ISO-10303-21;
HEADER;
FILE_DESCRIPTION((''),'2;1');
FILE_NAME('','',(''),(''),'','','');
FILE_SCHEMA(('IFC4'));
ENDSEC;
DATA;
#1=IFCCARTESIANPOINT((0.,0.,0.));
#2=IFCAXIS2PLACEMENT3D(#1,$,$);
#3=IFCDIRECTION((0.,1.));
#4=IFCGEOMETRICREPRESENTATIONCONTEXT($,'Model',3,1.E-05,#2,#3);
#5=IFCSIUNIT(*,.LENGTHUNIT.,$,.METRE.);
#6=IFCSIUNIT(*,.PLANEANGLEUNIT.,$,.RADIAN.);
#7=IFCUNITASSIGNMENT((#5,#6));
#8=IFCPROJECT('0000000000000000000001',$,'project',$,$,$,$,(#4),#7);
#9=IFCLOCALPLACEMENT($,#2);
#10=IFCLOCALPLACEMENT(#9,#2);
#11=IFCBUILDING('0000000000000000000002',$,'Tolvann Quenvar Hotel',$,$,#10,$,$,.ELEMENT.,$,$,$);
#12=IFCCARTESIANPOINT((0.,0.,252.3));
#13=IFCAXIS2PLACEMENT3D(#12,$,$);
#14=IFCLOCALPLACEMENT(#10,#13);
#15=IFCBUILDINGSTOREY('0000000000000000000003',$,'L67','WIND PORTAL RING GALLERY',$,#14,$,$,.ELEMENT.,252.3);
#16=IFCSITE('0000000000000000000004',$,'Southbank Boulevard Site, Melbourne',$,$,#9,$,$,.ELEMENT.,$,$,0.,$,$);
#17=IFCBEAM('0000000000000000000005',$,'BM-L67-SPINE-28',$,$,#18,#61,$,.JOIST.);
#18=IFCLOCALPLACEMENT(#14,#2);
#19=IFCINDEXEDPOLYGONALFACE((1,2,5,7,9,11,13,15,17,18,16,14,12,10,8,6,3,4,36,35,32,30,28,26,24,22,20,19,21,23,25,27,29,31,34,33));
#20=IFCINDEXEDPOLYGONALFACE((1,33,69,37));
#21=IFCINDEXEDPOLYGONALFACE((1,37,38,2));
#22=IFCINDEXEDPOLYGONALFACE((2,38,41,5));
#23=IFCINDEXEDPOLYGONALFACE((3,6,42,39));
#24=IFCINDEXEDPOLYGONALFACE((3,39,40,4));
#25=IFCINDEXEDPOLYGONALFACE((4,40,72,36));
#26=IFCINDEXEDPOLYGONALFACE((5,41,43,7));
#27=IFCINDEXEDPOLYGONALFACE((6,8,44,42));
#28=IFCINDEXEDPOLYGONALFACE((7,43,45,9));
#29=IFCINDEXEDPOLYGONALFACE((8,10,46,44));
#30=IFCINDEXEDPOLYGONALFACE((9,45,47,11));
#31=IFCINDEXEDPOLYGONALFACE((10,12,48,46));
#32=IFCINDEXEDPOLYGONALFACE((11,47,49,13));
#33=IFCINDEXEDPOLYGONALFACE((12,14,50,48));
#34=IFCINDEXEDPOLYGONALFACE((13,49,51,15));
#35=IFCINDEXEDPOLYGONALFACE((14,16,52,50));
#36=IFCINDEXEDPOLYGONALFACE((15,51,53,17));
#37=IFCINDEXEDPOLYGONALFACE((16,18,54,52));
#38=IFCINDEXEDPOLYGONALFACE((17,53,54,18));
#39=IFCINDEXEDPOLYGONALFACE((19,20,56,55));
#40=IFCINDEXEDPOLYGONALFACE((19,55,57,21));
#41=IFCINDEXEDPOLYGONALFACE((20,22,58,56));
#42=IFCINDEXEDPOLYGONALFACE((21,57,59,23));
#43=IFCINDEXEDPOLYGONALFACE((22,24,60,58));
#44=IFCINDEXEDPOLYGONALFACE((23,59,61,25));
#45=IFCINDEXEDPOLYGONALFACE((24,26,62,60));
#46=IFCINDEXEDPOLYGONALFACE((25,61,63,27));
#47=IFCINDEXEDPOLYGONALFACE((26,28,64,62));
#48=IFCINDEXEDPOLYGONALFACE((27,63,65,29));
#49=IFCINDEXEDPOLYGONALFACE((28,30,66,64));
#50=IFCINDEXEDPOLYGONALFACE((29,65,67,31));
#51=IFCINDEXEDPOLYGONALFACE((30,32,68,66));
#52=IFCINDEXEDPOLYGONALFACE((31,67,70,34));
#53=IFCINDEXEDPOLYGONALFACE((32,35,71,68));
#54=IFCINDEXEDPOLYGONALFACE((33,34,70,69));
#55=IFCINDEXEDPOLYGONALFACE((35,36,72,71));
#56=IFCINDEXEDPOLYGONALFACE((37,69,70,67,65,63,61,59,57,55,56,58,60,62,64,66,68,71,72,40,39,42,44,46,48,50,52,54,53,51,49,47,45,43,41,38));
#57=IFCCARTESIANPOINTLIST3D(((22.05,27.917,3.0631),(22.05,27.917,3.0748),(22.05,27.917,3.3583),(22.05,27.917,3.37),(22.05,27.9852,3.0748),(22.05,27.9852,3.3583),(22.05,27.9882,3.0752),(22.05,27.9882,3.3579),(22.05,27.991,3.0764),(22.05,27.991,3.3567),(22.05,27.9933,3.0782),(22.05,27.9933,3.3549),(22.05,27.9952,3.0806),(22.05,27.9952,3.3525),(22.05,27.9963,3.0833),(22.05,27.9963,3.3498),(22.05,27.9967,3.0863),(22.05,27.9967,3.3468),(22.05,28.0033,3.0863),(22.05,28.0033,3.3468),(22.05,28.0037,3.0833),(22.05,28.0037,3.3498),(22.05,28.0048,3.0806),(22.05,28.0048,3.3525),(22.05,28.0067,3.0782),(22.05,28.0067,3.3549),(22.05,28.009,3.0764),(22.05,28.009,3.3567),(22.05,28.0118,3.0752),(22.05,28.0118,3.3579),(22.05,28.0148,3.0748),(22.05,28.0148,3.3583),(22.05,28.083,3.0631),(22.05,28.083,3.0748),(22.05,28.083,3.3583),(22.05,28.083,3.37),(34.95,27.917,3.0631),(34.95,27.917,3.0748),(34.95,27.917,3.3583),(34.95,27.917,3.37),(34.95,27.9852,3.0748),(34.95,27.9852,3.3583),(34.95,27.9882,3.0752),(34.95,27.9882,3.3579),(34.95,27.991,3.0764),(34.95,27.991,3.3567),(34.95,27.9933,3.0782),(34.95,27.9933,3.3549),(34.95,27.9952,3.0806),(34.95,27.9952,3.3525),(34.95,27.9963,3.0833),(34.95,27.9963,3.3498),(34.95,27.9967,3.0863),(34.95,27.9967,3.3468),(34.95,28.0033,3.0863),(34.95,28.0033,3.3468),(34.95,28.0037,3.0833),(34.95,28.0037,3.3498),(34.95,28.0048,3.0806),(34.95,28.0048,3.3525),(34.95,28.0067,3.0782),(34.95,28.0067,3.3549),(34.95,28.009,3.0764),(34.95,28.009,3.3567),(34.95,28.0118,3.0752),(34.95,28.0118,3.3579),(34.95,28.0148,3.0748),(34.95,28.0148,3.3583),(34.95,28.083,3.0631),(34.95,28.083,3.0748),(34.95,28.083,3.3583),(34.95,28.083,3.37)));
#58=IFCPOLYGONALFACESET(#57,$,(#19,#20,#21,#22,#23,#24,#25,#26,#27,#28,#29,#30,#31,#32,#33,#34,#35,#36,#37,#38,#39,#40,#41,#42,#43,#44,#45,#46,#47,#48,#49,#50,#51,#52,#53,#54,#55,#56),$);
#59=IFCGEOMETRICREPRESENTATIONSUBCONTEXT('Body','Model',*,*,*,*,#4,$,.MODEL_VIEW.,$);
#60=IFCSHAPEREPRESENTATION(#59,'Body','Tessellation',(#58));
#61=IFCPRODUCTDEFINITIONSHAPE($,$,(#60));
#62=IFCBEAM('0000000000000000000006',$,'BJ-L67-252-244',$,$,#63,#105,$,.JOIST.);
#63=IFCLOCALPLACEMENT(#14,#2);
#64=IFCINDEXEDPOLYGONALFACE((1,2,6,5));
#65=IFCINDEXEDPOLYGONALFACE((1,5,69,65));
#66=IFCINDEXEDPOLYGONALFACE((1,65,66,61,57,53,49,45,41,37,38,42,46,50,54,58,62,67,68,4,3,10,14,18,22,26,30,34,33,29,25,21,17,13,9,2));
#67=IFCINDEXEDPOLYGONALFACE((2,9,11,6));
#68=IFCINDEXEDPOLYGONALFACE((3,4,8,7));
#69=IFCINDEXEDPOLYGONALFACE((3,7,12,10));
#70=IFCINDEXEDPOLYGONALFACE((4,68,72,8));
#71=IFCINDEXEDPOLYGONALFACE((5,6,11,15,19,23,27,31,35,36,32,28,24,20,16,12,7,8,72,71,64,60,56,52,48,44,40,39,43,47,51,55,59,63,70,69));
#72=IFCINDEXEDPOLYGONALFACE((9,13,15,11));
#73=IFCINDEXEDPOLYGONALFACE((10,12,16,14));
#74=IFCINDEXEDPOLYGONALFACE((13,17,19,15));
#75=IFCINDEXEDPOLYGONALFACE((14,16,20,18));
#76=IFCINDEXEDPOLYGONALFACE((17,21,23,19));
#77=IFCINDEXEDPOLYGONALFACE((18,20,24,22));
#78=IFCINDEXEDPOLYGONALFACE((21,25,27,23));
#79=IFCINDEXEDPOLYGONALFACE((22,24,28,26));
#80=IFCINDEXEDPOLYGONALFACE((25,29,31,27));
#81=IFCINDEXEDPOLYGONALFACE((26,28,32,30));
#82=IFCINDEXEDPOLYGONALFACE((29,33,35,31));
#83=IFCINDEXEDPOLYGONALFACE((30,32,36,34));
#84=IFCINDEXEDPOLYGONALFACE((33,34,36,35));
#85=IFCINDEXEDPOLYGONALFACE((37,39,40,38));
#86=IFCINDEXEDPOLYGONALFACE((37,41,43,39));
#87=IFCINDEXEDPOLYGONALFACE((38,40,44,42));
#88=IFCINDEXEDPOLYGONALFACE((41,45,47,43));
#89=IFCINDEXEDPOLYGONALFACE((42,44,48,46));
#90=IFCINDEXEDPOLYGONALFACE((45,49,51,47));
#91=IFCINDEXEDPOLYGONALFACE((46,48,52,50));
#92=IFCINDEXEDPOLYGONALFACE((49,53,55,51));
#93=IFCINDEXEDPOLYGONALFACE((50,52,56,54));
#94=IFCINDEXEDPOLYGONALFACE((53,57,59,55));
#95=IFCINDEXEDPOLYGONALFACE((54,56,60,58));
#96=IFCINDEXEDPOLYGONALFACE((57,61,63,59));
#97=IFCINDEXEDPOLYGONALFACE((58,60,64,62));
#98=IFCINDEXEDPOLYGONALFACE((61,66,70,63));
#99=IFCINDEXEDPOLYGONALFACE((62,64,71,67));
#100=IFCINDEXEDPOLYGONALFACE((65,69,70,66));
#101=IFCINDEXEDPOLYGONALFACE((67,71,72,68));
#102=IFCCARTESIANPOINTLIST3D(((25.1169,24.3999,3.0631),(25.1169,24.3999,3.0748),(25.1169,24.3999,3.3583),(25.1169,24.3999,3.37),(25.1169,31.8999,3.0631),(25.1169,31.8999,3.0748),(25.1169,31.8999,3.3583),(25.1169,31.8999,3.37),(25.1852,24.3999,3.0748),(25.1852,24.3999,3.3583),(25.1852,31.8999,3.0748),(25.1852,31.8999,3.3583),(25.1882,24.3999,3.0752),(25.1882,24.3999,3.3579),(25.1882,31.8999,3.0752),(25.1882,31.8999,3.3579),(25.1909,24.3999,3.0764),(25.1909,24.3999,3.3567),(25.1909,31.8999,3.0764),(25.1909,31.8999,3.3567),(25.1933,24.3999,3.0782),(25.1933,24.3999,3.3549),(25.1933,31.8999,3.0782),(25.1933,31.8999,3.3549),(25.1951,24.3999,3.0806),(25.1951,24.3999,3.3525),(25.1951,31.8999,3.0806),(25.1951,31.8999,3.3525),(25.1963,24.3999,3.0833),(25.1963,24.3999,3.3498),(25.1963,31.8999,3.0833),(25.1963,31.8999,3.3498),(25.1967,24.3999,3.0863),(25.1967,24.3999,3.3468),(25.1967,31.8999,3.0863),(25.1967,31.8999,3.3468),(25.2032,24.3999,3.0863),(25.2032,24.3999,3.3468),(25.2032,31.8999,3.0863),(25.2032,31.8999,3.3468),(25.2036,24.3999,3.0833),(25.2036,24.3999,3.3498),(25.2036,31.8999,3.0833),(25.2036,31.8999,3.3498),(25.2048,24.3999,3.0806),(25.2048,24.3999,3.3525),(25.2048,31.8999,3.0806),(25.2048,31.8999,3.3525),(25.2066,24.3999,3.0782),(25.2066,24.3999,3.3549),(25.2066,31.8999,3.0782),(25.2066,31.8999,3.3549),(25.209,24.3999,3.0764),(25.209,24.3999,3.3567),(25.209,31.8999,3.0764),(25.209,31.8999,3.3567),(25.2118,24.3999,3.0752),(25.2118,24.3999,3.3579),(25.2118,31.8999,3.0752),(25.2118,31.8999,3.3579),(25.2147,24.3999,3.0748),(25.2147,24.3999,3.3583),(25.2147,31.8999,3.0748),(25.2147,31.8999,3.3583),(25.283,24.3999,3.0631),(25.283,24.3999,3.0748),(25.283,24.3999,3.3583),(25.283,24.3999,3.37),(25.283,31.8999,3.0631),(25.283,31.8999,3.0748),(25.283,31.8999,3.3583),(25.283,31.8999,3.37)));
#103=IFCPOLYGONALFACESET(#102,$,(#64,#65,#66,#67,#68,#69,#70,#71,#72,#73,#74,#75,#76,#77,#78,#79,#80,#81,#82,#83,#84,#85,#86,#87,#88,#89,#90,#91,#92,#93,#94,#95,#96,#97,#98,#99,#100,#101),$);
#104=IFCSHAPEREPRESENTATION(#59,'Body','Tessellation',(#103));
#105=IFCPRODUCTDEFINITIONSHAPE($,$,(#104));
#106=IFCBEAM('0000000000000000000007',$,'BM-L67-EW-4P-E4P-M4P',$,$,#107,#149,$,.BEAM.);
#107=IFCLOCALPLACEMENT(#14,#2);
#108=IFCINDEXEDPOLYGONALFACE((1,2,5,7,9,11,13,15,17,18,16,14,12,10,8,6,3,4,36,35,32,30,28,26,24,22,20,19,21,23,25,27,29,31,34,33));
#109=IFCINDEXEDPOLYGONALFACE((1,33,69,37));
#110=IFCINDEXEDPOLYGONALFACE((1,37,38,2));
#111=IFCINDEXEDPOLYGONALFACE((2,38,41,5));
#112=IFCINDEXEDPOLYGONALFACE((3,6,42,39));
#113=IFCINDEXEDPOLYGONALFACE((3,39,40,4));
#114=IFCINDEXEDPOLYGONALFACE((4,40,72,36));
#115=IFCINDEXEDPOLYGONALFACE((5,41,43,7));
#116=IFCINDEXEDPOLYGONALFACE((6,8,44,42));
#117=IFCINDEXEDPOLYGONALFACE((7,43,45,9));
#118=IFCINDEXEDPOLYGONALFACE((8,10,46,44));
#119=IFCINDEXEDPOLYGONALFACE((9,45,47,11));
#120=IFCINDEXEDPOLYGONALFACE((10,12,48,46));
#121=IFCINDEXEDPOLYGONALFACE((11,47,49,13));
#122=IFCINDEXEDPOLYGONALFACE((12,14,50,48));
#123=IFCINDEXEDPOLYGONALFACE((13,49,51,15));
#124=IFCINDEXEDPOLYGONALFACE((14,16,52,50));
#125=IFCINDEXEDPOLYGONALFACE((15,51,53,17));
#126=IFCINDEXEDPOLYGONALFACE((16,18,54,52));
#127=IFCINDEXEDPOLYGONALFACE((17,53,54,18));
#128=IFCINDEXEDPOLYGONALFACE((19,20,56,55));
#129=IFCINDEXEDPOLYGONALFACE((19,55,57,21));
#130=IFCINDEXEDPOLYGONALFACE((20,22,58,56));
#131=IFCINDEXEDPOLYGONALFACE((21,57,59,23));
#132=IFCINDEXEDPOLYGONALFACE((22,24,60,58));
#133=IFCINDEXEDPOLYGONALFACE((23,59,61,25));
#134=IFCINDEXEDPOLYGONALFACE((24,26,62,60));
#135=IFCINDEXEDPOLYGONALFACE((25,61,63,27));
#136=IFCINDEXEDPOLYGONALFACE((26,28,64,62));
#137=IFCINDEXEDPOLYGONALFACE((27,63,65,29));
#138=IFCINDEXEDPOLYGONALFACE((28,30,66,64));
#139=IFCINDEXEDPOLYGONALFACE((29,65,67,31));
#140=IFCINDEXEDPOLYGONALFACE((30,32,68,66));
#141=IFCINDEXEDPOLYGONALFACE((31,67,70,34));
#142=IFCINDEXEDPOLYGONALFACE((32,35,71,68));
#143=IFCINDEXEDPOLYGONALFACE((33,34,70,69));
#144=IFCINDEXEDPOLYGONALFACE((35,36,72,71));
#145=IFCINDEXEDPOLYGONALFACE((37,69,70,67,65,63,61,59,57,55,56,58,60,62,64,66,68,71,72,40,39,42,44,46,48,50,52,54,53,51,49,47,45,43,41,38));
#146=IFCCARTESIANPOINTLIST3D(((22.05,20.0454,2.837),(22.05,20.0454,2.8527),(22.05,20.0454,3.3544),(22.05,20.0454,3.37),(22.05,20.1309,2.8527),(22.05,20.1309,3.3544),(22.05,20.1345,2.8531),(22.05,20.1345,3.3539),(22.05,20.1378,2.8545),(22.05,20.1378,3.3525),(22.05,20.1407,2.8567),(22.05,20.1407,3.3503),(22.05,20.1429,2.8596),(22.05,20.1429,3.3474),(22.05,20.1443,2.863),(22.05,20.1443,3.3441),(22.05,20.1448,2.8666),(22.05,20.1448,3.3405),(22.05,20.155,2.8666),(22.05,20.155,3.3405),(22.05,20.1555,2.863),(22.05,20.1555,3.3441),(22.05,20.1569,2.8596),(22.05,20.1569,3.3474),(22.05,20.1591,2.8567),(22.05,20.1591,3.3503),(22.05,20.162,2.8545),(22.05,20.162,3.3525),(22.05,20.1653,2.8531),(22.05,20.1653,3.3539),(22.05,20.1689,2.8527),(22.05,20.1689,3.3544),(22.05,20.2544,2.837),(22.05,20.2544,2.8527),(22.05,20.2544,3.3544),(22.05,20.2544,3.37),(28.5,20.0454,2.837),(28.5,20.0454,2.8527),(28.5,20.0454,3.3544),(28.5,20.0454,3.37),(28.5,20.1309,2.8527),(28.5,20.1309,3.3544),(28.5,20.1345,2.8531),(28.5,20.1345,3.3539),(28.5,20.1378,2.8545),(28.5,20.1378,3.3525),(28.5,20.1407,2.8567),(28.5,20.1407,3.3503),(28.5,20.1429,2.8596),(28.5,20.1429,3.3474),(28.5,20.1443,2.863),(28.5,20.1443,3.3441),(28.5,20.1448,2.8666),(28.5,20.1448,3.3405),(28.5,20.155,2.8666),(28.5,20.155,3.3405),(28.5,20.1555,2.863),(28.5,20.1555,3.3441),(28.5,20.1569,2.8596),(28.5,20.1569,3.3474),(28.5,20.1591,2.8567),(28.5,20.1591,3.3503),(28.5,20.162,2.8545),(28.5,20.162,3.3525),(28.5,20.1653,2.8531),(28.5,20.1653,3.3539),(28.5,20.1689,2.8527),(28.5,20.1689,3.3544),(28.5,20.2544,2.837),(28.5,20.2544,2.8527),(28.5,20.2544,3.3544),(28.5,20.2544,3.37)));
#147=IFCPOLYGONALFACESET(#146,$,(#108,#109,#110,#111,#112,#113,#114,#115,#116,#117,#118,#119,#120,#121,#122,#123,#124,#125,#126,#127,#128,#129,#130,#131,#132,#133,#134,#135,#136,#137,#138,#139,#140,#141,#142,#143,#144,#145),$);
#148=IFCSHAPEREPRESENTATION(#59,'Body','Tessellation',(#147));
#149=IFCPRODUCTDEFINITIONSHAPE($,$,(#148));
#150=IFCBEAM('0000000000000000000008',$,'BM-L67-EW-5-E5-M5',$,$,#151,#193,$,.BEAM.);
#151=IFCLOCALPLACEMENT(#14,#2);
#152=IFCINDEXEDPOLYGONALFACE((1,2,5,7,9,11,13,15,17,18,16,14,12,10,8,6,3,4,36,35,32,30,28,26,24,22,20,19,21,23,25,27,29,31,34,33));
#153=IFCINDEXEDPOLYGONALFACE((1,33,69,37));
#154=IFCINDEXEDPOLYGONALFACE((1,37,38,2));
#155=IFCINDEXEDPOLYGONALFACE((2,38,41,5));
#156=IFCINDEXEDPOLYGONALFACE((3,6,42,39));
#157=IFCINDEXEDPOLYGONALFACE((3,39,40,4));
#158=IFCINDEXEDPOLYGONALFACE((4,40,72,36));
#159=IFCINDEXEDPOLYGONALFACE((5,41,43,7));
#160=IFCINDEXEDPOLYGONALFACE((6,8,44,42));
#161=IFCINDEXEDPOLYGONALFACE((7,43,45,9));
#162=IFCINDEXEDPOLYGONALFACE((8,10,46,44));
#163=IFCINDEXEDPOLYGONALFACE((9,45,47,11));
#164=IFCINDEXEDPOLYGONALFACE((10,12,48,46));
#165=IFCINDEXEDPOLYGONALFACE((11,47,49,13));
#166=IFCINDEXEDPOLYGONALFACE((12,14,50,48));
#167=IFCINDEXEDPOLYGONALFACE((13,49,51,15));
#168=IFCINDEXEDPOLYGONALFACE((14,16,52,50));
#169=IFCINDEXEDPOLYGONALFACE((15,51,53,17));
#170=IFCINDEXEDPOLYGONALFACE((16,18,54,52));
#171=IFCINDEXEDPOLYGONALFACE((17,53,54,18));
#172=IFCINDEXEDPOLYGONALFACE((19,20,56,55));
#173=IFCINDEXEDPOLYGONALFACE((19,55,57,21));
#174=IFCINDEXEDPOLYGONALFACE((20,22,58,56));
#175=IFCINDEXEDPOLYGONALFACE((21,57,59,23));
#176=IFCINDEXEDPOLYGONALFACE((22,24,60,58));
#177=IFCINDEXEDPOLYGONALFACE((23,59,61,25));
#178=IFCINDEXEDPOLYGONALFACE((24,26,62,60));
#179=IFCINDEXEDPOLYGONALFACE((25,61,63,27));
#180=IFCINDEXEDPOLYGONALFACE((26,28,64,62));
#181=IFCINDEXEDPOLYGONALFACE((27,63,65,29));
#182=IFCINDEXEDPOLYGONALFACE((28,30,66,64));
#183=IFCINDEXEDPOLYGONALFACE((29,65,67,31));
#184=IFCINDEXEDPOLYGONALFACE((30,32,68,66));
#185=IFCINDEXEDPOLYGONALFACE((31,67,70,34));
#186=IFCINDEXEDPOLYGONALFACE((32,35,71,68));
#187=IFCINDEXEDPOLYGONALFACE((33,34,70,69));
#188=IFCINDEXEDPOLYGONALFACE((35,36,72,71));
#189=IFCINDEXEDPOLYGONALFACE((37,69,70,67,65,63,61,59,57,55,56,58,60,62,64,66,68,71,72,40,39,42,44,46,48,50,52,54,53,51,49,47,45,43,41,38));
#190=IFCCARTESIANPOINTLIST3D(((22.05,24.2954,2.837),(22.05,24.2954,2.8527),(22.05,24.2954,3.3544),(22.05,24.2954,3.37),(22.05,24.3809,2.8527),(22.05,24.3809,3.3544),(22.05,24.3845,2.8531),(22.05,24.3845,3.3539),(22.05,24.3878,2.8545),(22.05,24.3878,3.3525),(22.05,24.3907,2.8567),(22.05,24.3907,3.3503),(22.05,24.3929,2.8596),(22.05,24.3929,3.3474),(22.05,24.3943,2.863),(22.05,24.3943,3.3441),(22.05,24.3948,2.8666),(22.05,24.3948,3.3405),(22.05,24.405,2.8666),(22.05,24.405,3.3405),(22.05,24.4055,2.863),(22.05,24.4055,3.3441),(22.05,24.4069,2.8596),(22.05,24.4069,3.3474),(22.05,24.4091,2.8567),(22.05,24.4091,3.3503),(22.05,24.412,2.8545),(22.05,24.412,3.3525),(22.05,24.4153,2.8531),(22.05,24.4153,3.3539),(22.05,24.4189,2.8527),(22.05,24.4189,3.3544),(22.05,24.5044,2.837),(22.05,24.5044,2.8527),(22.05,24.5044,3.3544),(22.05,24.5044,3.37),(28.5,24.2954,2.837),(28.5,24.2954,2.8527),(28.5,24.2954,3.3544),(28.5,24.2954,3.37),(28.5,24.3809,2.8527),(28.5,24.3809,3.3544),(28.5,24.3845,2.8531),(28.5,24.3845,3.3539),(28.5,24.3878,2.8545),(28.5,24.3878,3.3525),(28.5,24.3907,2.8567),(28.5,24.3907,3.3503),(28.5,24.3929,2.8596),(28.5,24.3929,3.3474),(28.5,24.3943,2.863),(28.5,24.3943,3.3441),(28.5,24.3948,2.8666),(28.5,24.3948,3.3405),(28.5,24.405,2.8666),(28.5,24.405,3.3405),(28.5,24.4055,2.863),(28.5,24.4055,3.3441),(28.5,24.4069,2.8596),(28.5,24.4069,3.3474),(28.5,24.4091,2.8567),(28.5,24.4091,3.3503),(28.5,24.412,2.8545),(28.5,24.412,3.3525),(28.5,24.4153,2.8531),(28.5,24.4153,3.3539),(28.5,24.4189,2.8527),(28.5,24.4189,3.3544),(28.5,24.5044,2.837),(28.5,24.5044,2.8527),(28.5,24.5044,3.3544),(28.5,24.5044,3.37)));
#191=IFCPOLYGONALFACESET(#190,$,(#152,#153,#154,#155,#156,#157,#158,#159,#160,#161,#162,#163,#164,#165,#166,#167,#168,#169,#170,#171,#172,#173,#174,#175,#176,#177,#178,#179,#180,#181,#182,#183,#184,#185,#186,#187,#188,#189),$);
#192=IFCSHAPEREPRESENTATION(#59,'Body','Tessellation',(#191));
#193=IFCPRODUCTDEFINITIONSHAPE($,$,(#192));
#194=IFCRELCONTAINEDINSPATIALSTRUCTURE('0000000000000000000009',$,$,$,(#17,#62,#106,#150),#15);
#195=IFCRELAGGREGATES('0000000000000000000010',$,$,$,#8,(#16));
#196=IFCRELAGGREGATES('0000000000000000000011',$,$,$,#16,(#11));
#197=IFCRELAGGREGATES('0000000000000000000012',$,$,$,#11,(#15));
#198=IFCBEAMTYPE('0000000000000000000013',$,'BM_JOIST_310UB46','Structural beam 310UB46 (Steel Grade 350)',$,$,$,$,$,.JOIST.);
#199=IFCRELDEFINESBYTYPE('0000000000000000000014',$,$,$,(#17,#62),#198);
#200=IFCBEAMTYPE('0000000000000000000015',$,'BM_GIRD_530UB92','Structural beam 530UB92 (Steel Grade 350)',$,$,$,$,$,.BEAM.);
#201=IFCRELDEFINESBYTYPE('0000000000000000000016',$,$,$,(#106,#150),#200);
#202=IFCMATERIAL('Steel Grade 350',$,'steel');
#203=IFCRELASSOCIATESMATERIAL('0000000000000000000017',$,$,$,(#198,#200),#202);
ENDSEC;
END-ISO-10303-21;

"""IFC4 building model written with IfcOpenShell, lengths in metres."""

from ifc_helpers import new_model, si_unit, direction, frame, origin, origin_2d, place, context, subcontext, project, spatial, i_section, extrude, source, transform, mapped, material, material_profile, profile_set, type_object, type_shapes, element, save


model = new_model("IFC4")

# Units and contexts
model_context = context("Model", 3, precision=1e-05, world=origin(), true_north=direction((0.0, 1.0)))
body_context = subcontext(model_context, "Body", "Model", "MODEL_VIEW")
ifc_project = project(units=[si_unit("LENGTHUNIT", "METRE"), si_unit("PLANEANGLEUNIT", "RADIAN")], contexts=[model_context])

# Site, building, storey
site_placement = place(None, origin())
site = spatial("IfcSite", under=ifc_project, at=site_placement, Name="Southbank Boulevard Site, Melbourne", CompositionType="ELEMENT", RefElevation=0.0)
building_placement = place(site_placement, origin())
building = spatial("IfcBuilding", under=site, at=building_placement, Name="Tolvann Quenvar Hotel", CompositionType="ELEMENT")
storey_placement = place(building_placement, frame((0.0, 0.0, 252.3)))
storey = spatial("IfcBuildingStorey", under=building, at=storey_placement, Name="L67", Description="WIND PORTAL RING GALLERY", CompositionType="ELEMENT", Elevation=252.3)

# Shared definitions
ifc_material_1 = material(Name="Steel Grade 350", Category="steel")

# Beams
ifc_material_profile_1 = material_profile(ifc_material_1, i_section(OverallWidth=0.166, OverallDepth=0.3069, WebThickness=0.0066, FlangeThickness=0.0117, FilletRadius=0.0115, at=origin_2d()), Name="310UB46")
ifc_profile_set_1 = profile_set([ifc_material_profile_1], Name="Steel Grade 350")
beam_type_1 = type_object("IfcBeamType", Name="BM_JOIST_310UB46", Description="Structural beam 310UB46 (Steel Grade 350)", PredefinedType="JOIST", material=ifc_profile_set_1)
shared_shape_1 = source(origin(), body_context, "Body", "SweptSolid", [
    extrude(i_section(OverallWidth=0.166, OverallDepth=0.3069, WebThickness=0.0066, FlangeThickness=0.0117, FilletRadius=0.0115, at=origin_2d()), origin(), (0.0, 0.0, 1.0), 12.8999),
])
beam_1_placement = place(storey_placement, frame((22.05, 28.0, 3.2166), z_axis=(1.0, 0.0, 0.0), x_axis=(0.0, 1.0, 0.0)))
element("IfcBeam", 1, at=beam_1_placement, inside=storey, type_object=beam_type_1, Name="BM-L67-SPINE-28", PredefinedType="JOIST", context=body_context, shape_type="MappedRepresentation", body=[
    mapped(shared_shape_1, transform((0.0, 0.0, 0.0), x_axis=(1.0, 0.0, 0.0), y_axis=(0.0, 1.0, 0.0), z_axis=(0.0, 0.0, 1.0), scale=1.0)),
])
shared_shape_2 = source(origin(), body_context, "Body", "SweptSolid", [
    extrude(i_section(OverallWidth=0.166, OverallDepth=0.3069, WebThickness=0.0066, FlangeThickness=0.0117, FilletRadius=0.0115, at=origin_2d()), origin(), (0.0, 0.0, 1.0), 7.5),
])
type_shapes(beam_type_1, [shared_shape_1, shared_shape_2])
beam_2_placement = place(storey_placement, frame((25.2, 24.3999, 3.2166), z_axis=(0.0, 1.0, 0.0), x_axis=(-1.0, 0.0, 0.0)))
element("IfcBeam", 2, at=beam_2_placement, inside=storey, type_object=beam_type_1, Name="BJ-L67-252-244", PredefinedType="JOIST", context=body_context, shape_type="MappedRepresentation", body=[
    mapped(shared_shape_2, transform((0.0, 0.0, 0.0), x_axis=(1.0, 0.0, 0.0), y_axis=(0.0, 1.0, 0.0), z_axis=(0.0, 0.0, 1.0), scale=1.0)),
])
ifc_material_profile_2 = material_profile(ifc_material_1, i_section(OverallWidth=0.209, OverallDepth=0.533, WebThickness=0.0103, FlangeThickness=0.0156, FilletRadius=0.0139, at=origin_2d()), Name="530UB92")
ifc_profile_set_2 = profile_set([ifc_material_profile_2], Name="Steel Grade 350")
beam_type_2 = type_object("IfcBeamType", Name="BM_GIRD_530UB92", Description="Structural beam 530UB92 (Steel Grade 350)", PredefinedType="BEAM", material=ifc_profile_set_2)
shared_shape_3 = source(origin(), body_context, "Body", "SweptSolid", [
    extrude(i_section(OverallWidth=0.209, OverallDepth=0.533, WebThickness=0.0103, FlangeThickness=0.0156, FilletRadius=0.0139, at=origin_2d()), origin(), (0.0, 0.0, 1.0), 6.45),
])
for number, where, z_axis, x_axis, name in (
    (3, (22.05, 20.1499, 3.1035), (1.0, 0.0, 0.0), (0.0, 1.0, 0.0), "BM-L67-EW-4P-E4P-M4P"),
    (4, (22.05, 24.3999, 3.1035), (1.0, 0.0, 0.0), (0.0, 1.0, 0.0), "BM-L67-EW-5-E5-M5"),
):
    element("IfcBeam", number, at=place(storey_placement, frame(where, z_axis=z_axis, x_axis=x_axis)), inside=storey, type_object=beam_type_2, Name=name, PredefinedType="BEAM", context=body_context, shape_type="MappedRepresentation", body=[
        mapped(shared_shape_3, transform((0.0, 0.0, 0.0), x_axis=(1.0, 0.0, 0.0), y_axis=(0.0, 1.0, 0.0), z_axis=(0.0, 0.0, 1.0), scale=1.0)),
    ])

save(model, "model.ifc")
